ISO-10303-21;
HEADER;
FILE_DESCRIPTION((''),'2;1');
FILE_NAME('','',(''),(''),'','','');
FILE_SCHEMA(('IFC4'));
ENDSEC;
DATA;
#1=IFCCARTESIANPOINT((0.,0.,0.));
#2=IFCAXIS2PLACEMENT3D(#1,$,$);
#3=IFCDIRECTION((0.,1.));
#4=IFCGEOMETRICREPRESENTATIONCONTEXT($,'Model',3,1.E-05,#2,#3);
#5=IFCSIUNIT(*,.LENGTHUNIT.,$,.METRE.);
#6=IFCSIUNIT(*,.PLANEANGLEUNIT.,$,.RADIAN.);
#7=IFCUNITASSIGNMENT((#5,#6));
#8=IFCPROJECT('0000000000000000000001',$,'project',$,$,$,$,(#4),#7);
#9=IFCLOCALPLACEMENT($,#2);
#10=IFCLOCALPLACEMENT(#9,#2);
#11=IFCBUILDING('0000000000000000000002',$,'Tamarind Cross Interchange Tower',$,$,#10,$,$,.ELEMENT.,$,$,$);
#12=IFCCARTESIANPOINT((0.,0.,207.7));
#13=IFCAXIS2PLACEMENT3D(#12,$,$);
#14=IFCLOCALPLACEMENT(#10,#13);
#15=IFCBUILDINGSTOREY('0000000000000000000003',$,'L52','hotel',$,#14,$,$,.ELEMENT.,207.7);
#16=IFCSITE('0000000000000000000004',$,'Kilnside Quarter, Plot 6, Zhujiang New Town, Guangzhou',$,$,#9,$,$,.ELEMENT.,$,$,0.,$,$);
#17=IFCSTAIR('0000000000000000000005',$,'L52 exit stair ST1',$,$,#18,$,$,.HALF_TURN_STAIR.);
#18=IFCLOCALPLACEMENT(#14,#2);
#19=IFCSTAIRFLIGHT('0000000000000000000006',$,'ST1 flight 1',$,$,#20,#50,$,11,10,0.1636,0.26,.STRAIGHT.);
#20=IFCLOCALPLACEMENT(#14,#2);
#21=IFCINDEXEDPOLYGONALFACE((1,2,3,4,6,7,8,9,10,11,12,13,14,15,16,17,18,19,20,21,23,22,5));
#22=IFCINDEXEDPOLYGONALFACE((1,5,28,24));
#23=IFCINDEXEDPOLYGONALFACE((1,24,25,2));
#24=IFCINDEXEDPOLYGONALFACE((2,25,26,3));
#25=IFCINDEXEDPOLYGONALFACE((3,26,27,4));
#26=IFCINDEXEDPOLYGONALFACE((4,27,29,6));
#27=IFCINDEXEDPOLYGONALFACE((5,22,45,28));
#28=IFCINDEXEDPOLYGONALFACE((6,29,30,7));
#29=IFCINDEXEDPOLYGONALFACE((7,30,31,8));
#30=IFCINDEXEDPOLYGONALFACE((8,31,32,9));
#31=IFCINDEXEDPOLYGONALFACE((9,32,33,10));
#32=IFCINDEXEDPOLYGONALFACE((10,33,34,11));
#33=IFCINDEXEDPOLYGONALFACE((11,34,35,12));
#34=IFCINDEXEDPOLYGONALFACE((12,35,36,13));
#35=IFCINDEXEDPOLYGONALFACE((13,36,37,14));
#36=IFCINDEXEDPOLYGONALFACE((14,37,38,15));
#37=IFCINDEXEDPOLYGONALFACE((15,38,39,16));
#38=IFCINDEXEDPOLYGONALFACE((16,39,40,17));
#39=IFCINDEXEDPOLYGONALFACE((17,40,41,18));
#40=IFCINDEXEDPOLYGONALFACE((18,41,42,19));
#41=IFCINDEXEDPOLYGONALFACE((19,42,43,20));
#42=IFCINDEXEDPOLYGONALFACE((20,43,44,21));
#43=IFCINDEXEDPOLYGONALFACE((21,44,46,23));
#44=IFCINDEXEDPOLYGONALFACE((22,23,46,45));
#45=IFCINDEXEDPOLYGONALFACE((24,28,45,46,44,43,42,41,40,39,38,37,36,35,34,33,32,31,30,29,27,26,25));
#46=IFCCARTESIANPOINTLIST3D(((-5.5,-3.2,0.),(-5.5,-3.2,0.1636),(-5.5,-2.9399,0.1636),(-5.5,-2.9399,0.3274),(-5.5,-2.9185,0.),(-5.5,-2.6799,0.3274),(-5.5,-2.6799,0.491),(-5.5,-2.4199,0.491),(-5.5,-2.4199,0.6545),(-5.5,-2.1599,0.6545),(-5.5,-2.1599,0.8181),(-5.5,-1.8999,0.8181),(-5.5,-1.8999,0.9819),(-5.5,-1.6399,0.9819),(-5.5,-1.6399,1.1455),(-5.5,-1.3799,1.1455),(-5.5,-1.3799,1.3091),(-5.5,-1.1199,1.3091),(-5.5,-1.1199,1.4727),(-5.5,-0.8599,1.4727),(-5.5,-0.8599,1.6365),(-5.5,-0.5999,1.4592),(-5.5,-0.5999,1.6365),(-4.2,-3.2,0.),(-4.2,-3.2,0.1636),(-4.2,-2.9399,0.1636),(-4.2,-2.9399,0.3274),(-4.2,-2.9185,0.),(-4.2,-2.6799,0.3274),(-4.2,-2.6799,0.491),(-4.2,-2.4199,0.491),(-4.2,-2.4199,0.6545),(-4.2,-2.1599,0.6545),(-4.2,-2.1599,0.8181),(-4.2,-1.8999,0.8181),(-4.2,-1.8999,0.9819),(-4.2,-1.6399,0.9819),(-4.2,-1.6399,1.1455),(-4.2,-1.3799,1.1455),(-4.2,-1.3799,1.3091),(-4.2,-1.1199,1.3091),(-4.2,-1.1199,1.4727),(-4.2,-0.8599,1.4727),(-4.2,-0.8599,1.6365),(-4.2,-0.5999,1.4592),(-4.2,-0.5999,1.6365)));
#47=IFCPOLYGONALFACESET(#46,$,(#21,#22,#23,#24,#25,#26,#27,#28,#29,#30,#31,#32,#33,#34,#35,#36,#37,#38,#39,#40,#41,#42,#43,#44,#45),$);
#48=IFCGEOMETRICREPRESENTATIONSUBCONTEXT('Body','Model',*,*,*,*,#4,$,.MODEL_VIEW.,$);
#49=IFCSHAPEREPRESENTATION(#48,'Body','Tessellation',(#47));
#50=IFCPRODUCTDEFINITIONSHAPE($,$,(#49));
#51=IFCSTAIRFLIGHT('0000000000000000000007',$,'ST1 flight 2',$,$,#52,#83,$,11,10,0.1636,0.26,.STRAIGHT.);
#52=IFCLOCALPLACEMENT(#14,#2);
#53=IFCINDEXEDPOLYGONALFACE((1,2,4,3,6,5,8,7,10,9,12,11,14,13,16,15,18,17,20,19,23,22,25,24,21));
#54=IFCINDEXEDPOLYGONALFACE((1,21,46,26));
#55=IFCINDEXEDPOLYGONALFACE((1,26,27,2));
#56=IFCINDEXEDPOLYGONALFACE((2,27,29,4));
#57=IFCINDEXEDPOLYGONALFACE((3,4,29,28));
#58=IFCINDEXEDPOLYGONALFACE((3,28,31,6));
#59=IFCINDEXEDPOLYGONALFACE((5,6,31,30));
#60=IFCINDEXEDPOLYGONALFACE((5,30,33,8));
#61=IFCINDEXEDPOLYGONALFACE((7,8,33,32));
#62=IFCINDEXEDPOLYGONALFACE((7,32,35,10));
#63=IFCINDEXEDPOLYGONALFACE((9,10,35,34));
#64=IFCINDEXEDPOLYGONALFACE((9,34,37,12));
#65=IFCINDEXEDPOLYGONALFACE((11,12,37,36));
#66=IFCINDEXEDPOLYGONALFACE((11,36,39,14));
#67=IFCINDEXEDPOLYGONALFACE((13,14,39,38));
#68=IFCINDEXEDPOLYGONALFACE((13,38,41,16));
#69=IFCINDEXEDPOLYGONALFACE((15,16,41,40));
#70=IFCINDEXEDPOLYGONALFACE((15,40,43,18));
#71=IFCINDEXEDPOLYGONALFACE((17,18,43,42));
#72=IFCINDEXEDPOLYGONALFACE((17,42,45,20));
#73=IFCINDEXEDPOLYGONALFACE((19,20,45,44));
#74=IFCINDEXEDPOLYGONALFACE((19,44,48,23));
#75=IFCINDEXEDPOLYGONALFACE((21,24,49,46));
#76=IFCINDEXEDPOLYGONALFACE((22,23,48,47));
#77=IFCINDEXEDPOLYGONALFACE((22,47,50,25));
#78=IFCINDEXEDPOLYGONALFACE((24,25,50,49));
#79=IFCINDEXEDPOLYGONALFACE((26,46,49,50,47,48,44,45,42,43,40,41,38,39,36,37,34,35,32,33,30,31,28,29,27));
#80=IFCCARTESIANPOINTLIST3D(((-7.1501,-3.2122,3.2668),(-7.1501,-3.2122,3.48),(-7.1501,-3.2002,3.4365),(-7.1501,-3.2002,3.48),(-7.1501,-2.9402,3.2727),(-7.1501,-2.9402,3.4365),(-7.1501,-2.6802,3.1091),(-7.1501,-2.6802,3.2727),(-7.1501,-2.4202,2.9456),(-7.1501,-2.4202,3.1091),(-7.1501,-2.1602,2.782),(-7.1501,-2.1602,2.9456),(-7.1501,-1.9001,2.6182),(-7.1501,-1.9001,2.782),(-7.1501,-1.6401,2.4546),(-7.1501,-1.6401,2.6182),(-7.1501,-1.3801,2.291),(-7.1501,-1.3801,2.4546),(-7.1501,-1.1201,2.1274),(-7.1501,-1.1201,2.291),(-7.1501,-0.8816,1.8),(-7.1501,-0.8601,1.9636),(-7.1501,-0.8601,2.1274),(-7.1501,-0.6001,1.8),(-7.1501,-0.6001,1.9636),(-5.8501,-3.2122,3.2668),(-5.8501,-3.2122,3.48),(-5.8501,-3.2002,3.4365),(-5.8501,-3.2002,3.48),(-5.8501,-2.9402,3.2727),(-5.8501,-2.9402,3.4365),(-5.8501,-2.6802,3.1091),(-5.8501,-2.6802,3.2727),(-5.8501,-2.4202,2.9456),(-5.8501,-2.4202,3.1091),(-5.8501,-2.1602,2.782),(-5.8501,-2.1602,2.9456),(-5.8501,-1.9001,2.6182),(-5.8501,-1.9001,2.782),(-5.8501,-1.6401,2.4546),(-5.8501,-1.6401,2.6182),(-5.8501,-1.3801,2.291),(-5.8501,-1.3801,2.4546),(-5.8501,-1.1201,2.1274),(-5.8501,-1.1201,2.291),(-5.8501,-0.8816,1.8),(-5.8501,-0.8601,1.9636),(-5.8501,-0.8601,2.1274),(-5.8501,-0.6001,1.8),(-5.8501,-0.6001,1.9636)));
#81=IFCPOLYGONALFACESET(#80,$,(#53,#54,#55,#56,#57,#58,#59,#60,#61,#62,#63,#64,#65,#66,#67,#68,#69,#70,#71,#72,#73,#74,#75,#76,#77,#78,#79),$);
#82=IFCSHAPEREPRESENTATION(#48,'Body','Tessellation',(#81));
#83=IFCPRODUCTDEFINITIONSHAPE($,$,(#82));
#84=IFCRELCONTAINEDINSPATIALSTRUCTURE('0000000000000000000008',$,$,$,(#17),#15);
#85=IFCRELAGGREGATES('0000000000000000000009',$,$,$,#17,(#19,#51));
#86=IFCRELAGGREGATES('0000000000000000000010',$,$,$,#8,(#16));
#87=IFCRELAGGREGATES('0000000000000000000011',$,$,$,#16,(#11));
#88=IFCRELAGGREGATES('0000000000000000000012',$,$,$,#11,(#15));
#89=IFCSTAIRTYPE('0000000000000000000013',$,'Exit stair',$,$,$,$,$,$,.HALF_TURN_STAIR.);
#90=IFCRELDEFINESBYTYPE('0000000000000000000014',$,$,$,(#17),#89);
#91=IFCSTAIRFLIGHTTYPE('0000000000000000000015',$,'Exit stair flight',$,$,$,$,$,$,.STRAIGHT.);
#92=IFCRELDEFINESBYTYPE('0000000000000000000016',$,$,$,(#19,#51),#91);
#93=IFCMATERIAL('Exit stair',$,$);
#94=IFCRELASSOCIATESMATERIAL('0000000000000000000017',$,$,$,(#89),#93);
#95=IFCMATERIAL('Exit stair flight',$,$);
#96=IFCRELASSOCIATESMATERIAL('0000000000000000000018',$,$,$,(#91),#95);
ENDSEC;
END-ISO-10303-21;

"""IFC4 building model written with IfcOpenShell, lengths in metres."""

from ifc_helpers import new_model, si_unit, direction, frame, origin, place, context, subcontext, project, spatial, polyline, outline, extrude, material, type_object, element, aggregate, save


model = new_model("IFC4")

# Units and contexts
model_context = context("Model", 3, precision=1e-05, world=origin(), true_north=direction((0.0, 1.0)))
body_context = subcontext(model_context, "Body", "Model", "MODEL_VIEW")
ifc_project = project(units=[si_unit("LENGTHUNIT", "METRE"), si_unit("PLANEANGLEUNIT", "RADIAN")], contexts=[model_context])

# Site, building, storey
site_placement = place(None, origin())
site = spatial("IfcSite", under=ifc_project, at=site_placement, Name="Kilnside Quarter, Plot 6, Zhujiang New Town, Guangzhou", CompositionType="ELEMENT", RefElevation=0.0)
building_placement = place(site_placement, origin())
building = spatial("IfcBuilding", under=site, at=building_placement, Name="Tamarind Cross Interchange Tower", CompositionType="ELEMENT")
storey_placement = place(building_placement, frame((0.0, 0.0, 207.7)))
storey = spatial("IfcBuildingStorey", under=building, at=storey_placement, Name="L52", Description="hotel", CompositionType="ELEMENT", Elevation=207.7)

# Stair, stair flights
ifc_material_1 = material(Name="Exit stair")
stair_type = type_object("IfcStairType", Name="Exit stair", PredefinedType="HALF_TURN_STAIR", material=ifc_material_1)
stair_placement = place(storey_placement, origin())
stair = element("IfcStair", 1, at=stair_placement, inside=storey, type_object=stair_type, Name="L52 exit stair ST1", PredefinedType="HALF_TURN_STAIR")
ifc_material_2 = material(Name="Exit stair flight")
stair_flight_type = type_object("IfcStairFlightType", Name="Exit stair flight", PredefinedType="STRAIGHT", material=ifc_material_2)
stair_flight_1_placement = place(storey_placement, frame((-4.8501, -3.2, 0.0), z_axis=(0.0, 0.0, 1.0), x_axis=(0.0, 1.0, 0.0)))
stair_flight_1 = element("IfcStairFlight", 2, at=stair_flight_1_placement, type_object=stair_flight_type, Name="ST1 flight 1", NumberOfRisers=11, NumberOfTreads=10, PredefinedType="STRAIGHT", RiserHeight=0.1636, TreadLength=0.26, context=body_context, shape_type="SweptSolid", body=[
    extrude(outline(polyline([(0.0, 0.0), (0.0, 0.1636), (0.26, 0.1636), (0.26, 0.3274), (0.52, 0.3274), (0.52, 0.491), (0.78, 0.491), (0.78, 0.6545), (1.04, 0.6545), (1.04, 0.8181), (1.3, 0.8181), (1.3, 0.9819), (1.5601, 0.9819), (1.5601, 1.1455), (1.8201, 1.1455), (1.8201, 1.3091), (2.0801, 1.3091), (2.0801, 1.4727), (2.3401, 1.4727), (2.3401, 1.6365), (2.6001, 1.6365), (2.6001, 1.8), (2.6001, 1.4592), (0.2815, 0.0), (0.0, 0.0)])), frame((0.0, 0.6499, 0.0), z_axis=(0.0, -1.0, 0.0), x_axis=(1.0, 0.0, 0.0)), (0.0, 0.0, 1.0), 1.3),
])
stair_flight_2_placement = place(storey_placement, frame((-6.5, -0.6001, 1.8), z_axis=(0.0, 0.0, 1.0), x_axis=(0.0, -1.0, 0.0)))
stair_flight_2 = element("IfcStairFlight", 3, at=stair_flight_2_placement, type_object=stair_flight_type, Name="ST1 flight 2", NumberOfRisers=11, NumberOfTreads=10, PredefinedType="STRAIGHT", RiserHeight=0.1636, TreadLength=0.26, context=body_context, shape_type="SweptSolid", body=[
    extrude(outline(polyline([(0.0, 0.0), (0.0, 0.1636), (0.26, 0.1636), (0.26, 0.3274), (0.52, 0.3274), (0.52, 0.491), (0.78, 0.491), (0.78, 0.6545), (1.04, 0.6545), (1.04, 0.8181), (1.3, 0.8181), (1.3, 0.9819), (1.5601, 0.9819), (1.5601, 1.1455), (1.8201, 1.1455), (1.8201, 1.3091), (2.0801, 1.3091), (2.0801, 1.4727), (2.3401, 1.4727), (2.3401, 1.6365), (2.6001, 1.6365), (2.6001, 1.6799), (2.6121, 1.6799), (2.6121, 1.4668), (0.2815, 0.0), (0.0, 0.0)])), frame((0.0, 0.6499, 0.0), z_axis=(0.0, -1.0, 0.0), x_axis=(1.0, 0.0, 0.0)), (0.0, 0.0, 1.0), 1.3),
])
aggregate(stair, [stair_flight_1, stair_flight_2])

save(model, "model.ifc")
